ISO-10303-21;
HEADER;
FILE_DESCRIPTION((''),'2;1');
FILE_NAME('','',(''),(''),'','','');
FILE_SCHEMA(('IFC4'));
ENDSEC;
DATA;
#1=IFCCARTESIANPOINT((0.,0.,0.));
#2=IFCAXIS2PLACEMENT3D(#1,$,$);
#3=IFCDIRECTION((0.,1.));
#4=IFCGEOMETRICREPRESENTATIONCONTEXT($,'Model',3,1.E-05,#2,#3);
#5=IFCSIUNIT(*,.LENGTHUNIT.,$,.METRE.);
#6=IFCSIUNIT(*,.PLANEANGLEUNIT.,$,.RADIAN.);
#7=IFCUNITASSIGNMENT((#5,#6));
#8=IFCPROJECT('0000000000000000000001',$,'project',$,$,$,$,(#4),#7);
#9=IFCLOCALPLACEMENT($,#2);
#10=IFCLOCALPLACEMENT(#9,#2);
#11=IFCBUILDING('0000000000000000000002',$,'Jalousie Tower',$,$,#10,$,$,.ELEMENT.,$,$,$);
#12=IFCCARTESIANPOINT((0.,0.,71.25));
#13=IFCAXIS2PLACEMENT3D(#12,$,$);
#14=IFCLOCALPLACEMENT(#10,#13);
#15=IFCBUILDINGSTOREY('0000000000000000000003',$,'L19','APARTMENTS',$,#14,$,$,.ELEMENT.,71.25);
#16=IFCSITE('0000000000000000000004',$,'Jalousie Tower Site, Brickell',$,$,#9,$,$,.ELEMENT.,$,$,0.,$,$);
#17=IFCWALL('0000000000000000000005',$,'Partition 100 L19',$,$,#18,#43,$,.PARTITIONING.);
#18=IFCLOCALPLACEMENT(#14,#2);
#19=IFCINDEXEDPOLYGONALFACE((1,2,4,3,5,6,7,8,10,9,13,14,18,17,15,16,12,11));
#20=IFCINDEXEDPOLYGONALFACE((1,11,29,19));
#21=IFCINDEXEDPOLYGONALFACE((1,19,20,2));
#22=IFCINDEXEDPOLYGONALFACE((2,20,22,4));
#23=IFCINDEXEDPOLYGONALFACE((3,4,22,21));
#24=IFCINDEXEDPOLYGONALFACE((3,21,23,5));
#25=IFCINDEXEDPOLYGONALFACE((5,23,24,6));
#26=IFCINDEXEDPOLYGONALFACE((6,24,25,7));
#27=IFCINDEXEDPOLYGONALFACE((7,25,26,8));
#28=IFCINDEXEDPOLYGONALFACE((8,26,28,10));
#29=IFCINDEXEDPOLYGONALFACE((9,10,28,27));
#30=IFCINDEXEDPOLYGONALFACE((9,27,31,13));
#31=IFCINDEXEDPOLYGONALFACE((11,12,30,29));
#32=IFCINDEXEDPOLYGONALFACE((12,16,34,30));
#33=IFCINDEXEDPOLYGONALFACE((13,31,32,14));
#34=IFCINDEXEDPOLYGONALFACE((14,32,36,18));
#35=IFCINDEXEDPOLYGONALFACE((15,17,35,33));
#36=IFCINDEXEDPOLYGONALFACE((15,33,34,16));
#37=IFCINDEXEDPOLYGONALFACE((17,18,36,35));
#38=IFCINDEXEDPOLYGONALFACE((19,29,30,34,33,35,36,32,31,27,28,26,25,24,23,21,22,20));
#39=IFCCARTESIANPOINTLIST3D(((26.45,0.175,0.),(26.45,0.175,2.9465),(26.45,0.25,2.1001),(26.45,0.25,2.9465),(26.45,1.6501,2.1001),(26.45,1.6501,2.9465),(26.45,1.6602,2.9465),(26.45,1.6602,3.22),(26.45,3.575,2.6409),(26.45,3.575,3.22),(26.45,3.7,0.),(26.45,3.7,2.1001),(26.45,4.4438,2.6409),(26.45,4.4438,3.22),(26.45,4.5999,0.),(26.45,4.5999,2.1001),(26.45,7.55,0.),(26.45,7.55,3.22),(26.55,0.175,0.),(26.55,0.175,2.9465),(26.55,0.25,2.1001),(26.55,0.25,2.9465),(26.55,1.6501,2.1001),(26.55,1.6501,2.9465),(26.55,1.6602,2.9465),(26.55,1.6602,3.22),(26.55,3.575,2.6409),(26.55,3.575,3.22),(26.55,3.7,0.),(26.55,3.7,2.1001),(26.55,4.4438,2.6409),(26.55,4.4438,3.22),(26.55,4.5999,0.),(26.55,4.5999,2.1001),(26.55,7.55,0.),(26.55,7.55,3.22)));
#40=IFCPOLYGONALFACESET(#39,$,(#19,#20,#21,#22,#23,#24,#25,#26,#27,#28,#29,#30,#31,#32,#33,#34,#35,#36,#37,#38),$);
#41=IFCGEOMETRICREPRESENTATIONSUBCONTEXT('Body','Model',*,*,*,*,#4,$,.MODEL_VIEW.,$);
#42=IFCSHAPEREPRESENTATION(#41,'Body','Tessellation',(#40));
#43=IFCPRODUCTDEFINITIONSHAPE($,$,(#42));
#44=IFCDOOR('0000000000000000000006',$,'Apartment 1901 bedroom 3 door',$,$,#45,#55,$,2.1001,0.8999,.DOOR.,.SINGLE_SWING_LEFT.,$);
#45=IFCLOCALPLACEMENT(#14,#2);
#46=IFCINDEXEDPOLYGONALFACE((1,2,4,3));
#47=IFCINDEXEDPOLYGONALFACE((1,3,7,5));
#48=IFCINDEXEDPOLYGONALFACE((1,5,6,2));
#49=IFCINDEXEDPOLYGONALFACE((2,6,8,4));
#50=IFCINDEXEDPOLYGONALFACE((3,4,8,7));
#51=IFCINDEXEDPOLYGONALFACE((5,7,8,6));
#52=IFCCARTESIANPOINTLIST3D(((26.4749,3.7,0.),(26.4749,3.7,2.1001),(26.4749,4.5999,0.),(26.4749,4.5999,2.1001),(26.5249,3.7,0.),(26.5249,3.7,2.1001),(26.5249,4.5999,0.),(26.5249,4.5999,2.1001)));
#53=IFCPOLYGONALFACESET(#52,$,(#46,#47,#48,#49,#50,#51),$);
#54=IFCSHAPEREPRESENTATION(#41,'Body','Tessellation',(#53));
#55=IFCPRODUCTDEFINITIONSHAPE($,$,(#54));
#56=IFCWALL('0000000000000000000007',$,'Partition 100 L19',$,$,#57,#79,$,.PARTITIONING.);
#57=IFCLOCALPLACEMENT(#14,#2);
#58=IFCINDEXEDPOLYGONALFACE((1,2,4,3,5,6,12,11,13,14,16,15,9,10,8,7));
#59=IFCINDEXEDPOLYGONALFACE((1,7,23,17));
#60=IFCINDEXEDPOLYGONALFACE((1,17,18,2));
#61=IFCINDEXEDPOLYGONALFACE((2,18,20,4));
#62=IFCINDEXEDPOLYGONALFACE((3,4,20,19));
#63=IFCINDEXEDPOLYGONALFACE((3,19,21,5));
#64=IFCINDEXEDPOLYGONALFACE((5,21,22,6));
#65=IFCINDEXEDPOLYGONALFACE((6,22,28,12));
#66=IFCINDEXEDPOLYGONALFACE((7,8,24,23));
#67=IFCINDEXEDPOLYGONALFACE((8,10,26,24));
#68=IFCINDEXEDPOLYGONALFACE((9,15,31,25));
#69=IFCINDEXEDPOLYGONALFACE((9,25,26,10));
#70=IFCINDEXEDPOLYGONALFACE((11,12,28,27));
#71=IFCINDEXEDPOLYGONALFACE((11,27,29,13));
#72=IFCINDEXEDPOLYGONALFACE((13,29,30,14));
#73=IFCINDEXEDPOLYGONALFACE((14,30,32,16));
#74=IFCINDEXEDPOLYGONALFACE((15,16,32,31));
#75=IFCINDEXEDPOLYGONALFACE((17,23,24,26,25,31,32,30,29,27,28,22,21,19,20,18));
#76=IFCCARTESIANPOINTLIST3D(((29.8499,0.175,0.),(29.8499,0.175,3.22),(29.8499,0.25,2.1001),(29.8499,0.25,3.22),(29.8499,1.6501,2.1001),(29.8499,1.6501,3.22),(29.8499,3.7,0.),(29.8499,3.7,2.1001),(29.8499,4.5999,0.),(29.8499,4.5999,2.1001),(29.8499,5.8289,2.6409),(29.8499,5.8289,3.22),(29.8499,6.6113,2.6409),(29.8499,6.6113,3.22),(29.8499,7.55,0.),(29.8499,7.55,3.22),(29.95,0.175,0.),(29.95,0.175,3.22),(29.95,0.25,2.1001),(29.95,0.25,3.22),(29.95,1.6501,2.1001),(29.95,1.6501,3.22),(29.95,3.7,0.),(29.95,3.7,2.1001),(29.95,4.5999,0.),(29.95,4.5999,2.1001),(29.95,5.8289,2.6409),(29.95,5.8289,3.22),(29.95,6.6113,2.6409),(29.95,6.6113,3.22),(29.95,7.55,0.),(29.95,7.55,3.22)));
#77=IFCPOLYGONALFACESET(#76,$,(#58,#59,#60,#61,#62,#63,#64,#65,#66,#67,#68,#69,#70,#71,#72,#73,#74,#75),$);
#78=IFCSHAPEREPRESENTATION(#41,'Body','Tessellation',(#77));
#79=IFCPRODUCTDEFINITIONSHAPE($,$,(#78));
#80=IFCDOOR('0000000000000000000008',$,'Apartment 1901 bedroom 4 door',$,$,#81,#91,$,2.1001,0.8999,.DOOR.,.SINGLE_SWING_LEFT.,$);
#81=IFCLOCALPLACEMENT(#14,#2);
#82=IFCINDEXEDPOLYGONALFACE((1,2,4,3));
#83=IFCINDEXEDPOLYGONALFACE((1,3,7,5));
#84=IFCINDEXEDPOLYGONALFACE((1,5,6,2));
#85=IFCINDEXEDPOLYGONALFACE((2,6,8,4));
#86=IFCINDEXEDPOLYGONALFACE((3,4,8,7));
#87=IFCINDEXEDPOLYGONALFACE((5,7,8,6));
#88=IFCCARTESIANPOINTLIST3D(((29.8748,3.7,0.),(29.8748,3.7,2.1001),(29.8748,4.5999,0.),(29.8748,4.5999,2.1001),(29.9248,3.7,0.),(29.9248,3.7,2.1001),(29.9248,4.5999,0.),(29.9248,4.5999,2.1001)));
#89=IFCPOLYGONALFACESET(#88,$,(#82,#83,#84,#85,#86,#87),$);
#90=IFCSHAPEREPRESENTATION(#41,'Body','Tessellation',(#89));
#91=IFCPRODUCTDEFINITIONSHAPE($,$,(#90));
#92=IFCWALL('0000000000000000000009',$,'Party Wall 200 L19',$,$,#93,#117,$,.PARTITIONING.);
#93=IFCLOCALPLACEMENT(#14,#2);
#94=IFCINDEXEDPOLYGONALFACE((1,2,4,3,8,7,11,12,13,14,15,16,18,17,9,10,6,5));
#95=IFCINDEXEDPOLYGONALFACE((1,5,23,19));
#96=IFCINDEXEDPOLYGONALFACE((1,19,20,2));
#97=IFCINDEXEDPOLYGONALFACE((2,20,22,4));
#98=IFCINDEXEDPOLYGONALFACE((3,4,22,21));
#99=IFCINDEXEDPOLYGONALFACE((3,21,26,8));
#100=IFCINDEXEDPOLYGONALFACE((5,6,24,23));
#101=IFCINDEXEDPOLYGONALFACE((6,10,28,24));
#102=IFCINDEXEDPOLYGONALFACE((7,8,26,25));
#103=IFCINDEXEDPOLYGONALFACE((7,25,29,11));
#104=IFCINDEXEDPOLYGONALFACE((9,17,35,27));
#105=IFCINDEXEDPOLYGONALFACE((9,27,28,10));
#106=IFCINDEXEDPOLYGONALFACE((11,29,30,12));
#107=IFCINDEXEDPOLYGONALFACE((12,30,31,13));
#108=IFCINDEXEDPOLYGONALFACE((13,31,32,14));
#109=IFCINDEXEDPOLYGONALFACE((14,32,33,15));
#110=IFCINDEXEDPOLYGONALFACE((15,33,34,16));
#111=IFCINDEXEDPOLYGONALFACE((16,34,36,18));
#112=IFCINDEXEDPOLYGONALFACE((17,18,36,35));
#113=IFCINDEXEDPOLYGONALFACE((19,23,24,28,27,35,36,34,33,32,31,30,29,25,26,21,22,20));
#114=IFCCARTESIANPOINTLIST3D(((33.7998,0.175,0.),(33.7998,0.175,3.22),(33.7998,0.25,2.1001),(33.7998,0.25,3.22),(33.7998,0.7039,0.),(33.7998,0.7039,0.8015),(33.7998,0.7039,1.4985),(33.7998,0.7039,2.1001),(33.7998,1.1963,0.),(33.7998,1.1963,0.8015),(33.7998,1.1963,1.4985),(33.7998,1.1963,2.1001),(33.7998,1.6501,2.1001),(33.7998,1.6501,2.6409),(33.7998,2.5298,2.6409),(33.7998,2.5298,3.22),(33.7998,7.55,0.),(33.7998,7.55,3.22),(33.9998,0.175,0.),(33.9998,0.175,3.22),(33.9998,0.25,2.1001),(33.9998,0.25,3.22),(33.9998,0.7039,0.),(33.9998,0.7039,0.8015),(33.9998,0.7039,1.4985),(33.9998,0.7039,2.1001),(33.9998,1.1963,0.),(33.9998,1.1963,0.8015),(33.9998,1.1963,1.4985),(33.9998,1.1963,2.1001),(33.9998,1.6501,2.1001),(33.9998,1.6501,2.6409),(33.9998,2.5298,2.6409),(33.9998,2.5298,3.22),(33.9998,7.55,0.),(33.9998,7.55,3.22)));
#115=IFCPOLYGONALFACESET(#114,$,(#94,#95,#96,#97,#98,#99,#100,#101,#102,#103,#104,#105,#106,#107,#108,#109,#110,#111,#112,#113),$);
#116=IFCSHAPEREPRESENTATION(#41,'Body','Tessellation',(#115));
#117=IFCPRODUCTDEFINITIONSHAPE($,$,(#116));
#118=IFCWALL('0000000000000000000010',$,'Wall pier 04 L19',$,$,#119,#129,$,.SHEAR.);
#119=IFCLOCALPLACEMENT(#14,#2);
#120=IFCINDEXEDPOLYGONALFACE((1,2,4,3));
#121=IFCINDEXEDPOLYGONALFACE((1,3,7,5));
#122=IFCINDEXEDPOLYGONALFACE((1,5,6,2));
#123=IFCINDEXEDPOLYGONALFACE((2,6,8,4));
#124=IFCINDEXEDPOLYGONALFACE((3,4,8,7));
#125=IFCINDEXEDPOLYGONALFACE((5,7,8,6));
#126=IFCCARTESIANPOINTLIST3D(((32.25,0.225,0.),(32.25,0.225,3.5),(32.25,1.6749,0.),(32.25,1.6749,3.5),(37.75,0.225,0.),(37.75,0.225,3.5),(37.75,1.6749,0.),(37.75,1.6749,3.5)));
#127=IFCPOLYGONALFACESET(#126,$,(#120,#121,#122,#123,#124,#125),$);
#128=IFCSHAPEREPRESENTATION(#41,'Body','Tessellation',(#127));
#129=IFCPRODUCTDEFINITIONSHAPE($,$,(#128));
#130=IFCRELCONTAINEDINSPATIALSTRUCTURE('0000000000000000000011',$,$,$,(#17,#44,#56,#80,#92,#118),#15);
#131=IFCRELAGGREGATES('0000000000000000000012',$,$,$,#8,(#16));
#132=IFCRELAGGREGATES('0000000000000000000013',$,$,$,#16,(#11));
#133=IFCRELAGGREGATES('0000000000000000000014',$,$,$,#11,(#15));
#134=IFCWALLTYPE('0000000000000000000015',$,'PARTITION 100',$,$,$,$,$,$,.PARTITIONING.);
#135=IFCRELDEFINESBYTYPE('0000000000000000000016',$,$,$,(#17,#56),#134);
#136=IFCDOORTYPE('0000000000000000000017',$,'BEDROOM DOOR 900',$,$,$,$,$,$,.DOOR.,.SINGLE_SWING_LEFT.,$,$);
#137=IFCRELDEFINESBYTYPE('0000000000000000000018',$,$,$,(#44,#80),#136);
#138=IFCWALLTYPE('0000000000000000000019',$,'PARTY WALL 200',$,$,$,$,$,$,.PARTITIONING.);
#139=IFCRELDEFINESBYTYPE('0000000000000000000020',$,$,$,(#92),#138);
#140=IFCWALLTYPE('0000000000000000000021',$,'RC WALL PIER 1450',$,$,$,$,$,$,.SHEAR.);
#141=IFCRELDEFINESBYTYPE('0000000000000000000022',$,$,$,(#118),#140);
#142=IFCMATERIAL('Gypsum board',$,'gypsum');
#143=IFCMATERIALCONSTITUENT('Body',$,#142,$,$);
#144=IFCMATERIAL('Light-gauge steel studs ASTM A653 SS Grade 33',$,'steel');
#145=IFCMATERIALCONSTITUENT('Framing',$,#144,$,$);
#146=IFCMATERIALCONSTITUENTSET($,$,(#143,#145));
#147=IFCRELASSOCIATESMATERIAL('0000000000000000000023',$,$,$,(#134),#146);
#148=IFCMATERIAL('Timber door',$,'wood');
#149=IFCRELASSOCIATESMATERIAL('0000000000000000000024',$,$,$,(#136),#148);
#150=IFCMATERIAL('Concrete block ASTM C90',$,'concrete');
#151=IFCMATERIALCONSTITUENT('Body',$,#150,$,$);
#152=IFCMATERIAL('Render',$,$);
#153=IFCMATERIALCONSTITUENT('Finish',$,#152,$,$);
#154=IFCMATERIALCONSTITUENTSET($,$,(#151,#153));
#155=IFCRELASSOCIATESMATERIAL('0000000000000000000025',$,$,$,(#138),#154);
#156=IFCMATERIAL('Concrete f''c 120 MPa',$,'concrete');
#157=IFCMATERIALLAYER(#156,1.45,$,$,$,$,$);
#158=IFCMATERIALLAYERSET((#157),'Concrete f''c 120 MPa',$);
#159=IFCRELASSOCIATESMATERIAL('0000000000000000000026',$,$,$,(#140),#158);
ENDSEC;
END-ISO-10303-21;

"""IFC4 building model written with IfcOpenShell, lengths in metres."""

from ifc_helpers import new_model, si_unit, direction, frame, frame_2d, origin, place, context, subcontext, project, spatial, polyline, rectangle, outline, extrude, material, layer, layer_set, constituent, constituent_set, type_object, element, fill, save


model = new_model("IFC4")

# Units and contexts
model_context = context("Model", 3, precision=1e-05, world=origin(), true_north=direction((0.0, 1.0)))
body_context = subcontext(model_context, "Body", "Model", "MODEL_VIEW")
ifc_project = project(units=[si_unit("LENGTHUNIT", "METRE"), si_unit("PLANEANGLEUNIT", "RADIAN")], contexts=[model_context])

# Site, building, storey
site_placement = place(None, origin())
site = spatial("IfcSite", under=ifc_project, at=site_placement, Name="Jalousie Tower Site, Brickell", CompositionType="ELEMENT", RefElevation=0.0)
building_placement = place(site_placement, origin())
building = spatial("IfcBuilding", under=site, at=building_placement, Name="Jalousie Tower", CompositionType="ELEMENT")
storey_placement = place(building_placement, frame((0.0, 0.0, 71.25)))
storey = spatial("IfcBuildingStorey", under=building, at=storey_placement, Name="L19", Description="APARTMENTS", CompositionType="ELEMENT", Elevation=71.25)

# Walls, openings, doors
ifc_material_1 = material(Name="Gypsum board", Category="gypsum")
ifc_constituent_1 = constituent(ifc_material_1, Name="Body")
ifc_material_2 = material(Name="Light-gauge steel studs ASTM A653 SS Grade 33", Category="steel")
ifc_constituent_2 = constituent(ifc_material_2, Name="Framing")
ifc_constituent_set_1 = constituent_set(constituents=[ifc_constituent_1, ifc_constituent_2])
wall_type_1 = type_object("IfcWallType", Name="PARTITION 100", PredefinedType="PARTITIONING", material=ifc_constituent_set_1)
wall_1_placement = place(storey_placement, frame((26.5, 0.175, 0.0), z_axis=(0.0, 0.0, 1.0), x_axis=(0.0, 1.0, 0.0)))
wall_1 = element("IfcWall", 1, at=wall_1_placement, inside=storey, type_object=wall_type_1, Name="Partition 100 L19", PredefinedType="PARTITIONING", context=body_context, shape_type="SweptSolid", body=[
    extrude(outline(polyline([(0.0, 0.0), (7.375, 0.0), (7.375, 3.22), (4.2688, 3.22), (4.2688, 2.6409), (3.3999, 2.6409), (3.3999, 3.22), (1.4851, 3.22), (1.4851, 2.9465), (1.4751, 2.9465), (1.4751, 2.1001), (0.075, 2.1001), (0.075, 2.9465), (0.0, 2.9465), (0.0, 0.0)])), frame((0.0, 0.05, 0.0), z_axis=(0.0, -1.0, 0.0), x_axis=(1.0, 0.0, 0.0)), (0.0, 0.0, 1.0), 0.1001),
])
opening_1_placement = place(wall_1_placement, frame((3.5249, 0.0, 0.0)))
opening_1 = element("IfcOpeningElement", 2, at=opening_1_placement, cuts=wall_1, PredefinedType="OPENING", context=body_context, shape_type="SweptSolid", body=[
    extrude(rectangle(XDim=0.8999, YDim=2.1001, at=frame_2d((0.45, 1.05))), frame((0.0, 0.0601, 0.0), z_axis=(0.0, -1.0, 0.0), x_axis=(1.0, 0.0, 0.0)), (0.0, 0.0, 1.0), 0.1201),
])
ifc_material_3 = material(Name="Timber door", Category="wood")
door_type = type_object("IfcDoorType", Name="BEDROOM DOOR 900", OperationType="SINGLE_SWING_LEFT", PredefinedType="DOOR", material=ifc_material_3)
door_1_placement = place(opening_1_placement, frame((0.8999, 0.0, 0.0), z_axis=(0.0, 0.0, 1.0), x_axis=(-1.0, 0.0, 0.0)))
door_1 = element("IfcDoor", 3, at=door_1_placement, inside=storey, type_object=door_type, Name="Apartment 1901 bedroom 3 door", OperationType="SINGLE_SWING_LEFT", OverallHeight=2.1001, OverallWidth=0.8999, PredefinedType="DOOR", context=body_context, shape_type="SweptSolid", body=[
    extrude(rectangle(XDim=0.8999, YDim=2.1001, at=frame_2d((0.45, 1.05))), frame((0.0, 0.0249, 0.0), z_axis=(0.0, -1.0, 0.0), x_axis=(1.0, 0.0, 0.0)), (0.0, 0.0, 1.0), 0.05),
])
fill(opening_1, door_1)
wall_2_placement = place(storey_placement, frame((29.8999, 0.175, 0.0), z_axis=(0.0, 0.0, 1.0), x_axis=(0.0, 1.0, 0.0)))
wall_2 = element("IfcWall", 4, at=wall_2_placement, inside=storey, type_object=wall_type_1, Name="Partition 100 L19", PredefinedType="PARTITIONING", context=body_context, shape_type="SweptSolid", body=[
    extrude(outline(polyline([(0.0, 0.0), (7.375, 0.0), (7.375, 3.22), (6.4363, 3.22), (6.4363, 2.6409), (5.6538, 2.6409), (5.6538, 3.22), (1.4751, 3.22), (1.4751, 2.1001), (0.075, 2.1001), (0.075, 3.22), (0.0, 3.22), (0.0, 0.0)])), frame((0.0, 0.05, 0.0), z_axis=(0.0, -1.0, 0.0), x_axis=(1.0, 0.0, 0.0)), (0.0, 0.0, 1.0), 0.1001),
])
opening_2_placement = place(wall_2_placement, frame((3.5249, 0.0, 0.0)))
opening_2 = element("IfcOpeningElement", 5, at=opening_2_placement, cuts=wall_2, PredefinedType="OPENING", context=body_context, shape_type="SweptSolid", body=[
    extrude(rectangle(XDim=0.8999, YDim=2.1001, at=frame_2d((0.45, 1.05))), frame((0.0, 0.0601, 0.0), z_axis=(0.0, -1.0, 0.0), x_axis=(1.0, 0.0, 0.0)), (0.0, 0.0, 1.0), 0.1201),
])
door_2_placement = place(opening_2_placement, frame((0.8999, 0.0, 0.0), z_axis=(0.0, 0.0, 1.0), x_axis=(-1.0, 0.0, 0.0)))
door_2 = element("IfcDoor", 6, at=door_2_placement, inside=storey, type_object=door_type, Name="Apartment 1901 bedroom 4 door", OperationType="SINGLE_SWING_LEFT", OverallHeight=2.1001, OverallWidth=0.8999, PredefinedType="DOOR", context=body_context, shape_type="SweptSolid", body=[
    extrude(rectangle(XDim=0.8999, YDim=2.1001, at=frame_2d((0.45, 1.05))), frame((0.0, 0.0249, 0.0), z_axis=(0.0, -1.0, 0.0), x_axis=(1.0, 0.0, 0.0)), (0.0, 0.0, 1.0), 0.05),
])
fill(opening_2, door_2)

# Walls
ifc_material_4 = material(Name="Concrete block ASTM C90", Category="concrete")
ifc_constituent_3 = constituent(ifc_material_4, Name="Body")
ifc_material_5 = material(Name="Render")
ifc_constituent_4 = constituent(ifc_material_5, Name="Finish")
ifc_constituent_set_2 = constituent_set(constituents=[ifc_constituent_3, ifc_constituent_4])
wall_type_2 = type_object("IfcWallType", Name="PARTY WALL 200", PredefinedType="PARTITIONING", material=ifc_constituent_set_2)
wall_3_placement = place(storey_placement, frame((33.8999, 0.175, 0.0), z_axis=(0.0, 0.0, 1.0), x_axis=(0.0, 1.0, 0.0)))
element("IfcWall", 7, at=wall_3_placement, inside=storey, type_object=wall_type_2, Name="Party Wall 200 L19", PredefinedType="PARTITIONING", context=body_context, shape_type="SweptSolid", body=[
    extrude(outline(polyline([(7.375, 0.0), (7.375, 3.22), (2.3547, 3.22), (2.3547, 2.6409), (1.4751, 2.6409), (1.4751, 2.1001), (1.0212, 2.1001), (1.0212, 1.4985), (0.5288, 1.4985), (0.5288, 2.1001), (0.075, 2.1001), (0.075, 3.22), (0.0, 3.22), (0.0, 0.0), (0.5288, 0.0), (0.5288, 0.8015), (1.0212, 0.8015), (1.0212, 0.0), (7.375, 0.0)])), frame((0.0, 0.1001, 0.0), z_axis=(0.0, -1.0, 0.0), x_axis=(1.0, 0.0, 0.0)), (0.0, 0.0, 1.0), 0.2),
])
ifc_material_6 = material(Name="Concrete f'c 120 MPa", Category="concrete")
ifc_layer_1 = layer(ifc_material_6, 1.45)
ifc_layer_set_1 = layer_set([ifc_layer_1], Name="Concrete f'c 120 MPa")
wall_type_3 = type_object("IfcWallType", Name="RC WALL PIER 1450", PredefinedType="SHEAR", material=ifc_layer_set_1)
wall_4_placement = place(storey_placement, frame((32.25, 0.95, 0.0), z_axis=(0.0, 0.0, 1.0), x_axis=(1.0, 0.0, 0.0)))
element("IfcWall", 8, at=wall_4_placement, inside=storey, type_object=wall_type_3, Name="Wall pier 04 L19", PredefinedType="SHEAR", context=body_context, shape_type="SweptSolid", body=[
    extrude(rectangle(XDim=5.5, YDim=1.45, at=frame_2d((2.75, 0.0))), origin(), (0.0, 0.0, 1.0), 3.5),
])

save(model, "model.ifc")
